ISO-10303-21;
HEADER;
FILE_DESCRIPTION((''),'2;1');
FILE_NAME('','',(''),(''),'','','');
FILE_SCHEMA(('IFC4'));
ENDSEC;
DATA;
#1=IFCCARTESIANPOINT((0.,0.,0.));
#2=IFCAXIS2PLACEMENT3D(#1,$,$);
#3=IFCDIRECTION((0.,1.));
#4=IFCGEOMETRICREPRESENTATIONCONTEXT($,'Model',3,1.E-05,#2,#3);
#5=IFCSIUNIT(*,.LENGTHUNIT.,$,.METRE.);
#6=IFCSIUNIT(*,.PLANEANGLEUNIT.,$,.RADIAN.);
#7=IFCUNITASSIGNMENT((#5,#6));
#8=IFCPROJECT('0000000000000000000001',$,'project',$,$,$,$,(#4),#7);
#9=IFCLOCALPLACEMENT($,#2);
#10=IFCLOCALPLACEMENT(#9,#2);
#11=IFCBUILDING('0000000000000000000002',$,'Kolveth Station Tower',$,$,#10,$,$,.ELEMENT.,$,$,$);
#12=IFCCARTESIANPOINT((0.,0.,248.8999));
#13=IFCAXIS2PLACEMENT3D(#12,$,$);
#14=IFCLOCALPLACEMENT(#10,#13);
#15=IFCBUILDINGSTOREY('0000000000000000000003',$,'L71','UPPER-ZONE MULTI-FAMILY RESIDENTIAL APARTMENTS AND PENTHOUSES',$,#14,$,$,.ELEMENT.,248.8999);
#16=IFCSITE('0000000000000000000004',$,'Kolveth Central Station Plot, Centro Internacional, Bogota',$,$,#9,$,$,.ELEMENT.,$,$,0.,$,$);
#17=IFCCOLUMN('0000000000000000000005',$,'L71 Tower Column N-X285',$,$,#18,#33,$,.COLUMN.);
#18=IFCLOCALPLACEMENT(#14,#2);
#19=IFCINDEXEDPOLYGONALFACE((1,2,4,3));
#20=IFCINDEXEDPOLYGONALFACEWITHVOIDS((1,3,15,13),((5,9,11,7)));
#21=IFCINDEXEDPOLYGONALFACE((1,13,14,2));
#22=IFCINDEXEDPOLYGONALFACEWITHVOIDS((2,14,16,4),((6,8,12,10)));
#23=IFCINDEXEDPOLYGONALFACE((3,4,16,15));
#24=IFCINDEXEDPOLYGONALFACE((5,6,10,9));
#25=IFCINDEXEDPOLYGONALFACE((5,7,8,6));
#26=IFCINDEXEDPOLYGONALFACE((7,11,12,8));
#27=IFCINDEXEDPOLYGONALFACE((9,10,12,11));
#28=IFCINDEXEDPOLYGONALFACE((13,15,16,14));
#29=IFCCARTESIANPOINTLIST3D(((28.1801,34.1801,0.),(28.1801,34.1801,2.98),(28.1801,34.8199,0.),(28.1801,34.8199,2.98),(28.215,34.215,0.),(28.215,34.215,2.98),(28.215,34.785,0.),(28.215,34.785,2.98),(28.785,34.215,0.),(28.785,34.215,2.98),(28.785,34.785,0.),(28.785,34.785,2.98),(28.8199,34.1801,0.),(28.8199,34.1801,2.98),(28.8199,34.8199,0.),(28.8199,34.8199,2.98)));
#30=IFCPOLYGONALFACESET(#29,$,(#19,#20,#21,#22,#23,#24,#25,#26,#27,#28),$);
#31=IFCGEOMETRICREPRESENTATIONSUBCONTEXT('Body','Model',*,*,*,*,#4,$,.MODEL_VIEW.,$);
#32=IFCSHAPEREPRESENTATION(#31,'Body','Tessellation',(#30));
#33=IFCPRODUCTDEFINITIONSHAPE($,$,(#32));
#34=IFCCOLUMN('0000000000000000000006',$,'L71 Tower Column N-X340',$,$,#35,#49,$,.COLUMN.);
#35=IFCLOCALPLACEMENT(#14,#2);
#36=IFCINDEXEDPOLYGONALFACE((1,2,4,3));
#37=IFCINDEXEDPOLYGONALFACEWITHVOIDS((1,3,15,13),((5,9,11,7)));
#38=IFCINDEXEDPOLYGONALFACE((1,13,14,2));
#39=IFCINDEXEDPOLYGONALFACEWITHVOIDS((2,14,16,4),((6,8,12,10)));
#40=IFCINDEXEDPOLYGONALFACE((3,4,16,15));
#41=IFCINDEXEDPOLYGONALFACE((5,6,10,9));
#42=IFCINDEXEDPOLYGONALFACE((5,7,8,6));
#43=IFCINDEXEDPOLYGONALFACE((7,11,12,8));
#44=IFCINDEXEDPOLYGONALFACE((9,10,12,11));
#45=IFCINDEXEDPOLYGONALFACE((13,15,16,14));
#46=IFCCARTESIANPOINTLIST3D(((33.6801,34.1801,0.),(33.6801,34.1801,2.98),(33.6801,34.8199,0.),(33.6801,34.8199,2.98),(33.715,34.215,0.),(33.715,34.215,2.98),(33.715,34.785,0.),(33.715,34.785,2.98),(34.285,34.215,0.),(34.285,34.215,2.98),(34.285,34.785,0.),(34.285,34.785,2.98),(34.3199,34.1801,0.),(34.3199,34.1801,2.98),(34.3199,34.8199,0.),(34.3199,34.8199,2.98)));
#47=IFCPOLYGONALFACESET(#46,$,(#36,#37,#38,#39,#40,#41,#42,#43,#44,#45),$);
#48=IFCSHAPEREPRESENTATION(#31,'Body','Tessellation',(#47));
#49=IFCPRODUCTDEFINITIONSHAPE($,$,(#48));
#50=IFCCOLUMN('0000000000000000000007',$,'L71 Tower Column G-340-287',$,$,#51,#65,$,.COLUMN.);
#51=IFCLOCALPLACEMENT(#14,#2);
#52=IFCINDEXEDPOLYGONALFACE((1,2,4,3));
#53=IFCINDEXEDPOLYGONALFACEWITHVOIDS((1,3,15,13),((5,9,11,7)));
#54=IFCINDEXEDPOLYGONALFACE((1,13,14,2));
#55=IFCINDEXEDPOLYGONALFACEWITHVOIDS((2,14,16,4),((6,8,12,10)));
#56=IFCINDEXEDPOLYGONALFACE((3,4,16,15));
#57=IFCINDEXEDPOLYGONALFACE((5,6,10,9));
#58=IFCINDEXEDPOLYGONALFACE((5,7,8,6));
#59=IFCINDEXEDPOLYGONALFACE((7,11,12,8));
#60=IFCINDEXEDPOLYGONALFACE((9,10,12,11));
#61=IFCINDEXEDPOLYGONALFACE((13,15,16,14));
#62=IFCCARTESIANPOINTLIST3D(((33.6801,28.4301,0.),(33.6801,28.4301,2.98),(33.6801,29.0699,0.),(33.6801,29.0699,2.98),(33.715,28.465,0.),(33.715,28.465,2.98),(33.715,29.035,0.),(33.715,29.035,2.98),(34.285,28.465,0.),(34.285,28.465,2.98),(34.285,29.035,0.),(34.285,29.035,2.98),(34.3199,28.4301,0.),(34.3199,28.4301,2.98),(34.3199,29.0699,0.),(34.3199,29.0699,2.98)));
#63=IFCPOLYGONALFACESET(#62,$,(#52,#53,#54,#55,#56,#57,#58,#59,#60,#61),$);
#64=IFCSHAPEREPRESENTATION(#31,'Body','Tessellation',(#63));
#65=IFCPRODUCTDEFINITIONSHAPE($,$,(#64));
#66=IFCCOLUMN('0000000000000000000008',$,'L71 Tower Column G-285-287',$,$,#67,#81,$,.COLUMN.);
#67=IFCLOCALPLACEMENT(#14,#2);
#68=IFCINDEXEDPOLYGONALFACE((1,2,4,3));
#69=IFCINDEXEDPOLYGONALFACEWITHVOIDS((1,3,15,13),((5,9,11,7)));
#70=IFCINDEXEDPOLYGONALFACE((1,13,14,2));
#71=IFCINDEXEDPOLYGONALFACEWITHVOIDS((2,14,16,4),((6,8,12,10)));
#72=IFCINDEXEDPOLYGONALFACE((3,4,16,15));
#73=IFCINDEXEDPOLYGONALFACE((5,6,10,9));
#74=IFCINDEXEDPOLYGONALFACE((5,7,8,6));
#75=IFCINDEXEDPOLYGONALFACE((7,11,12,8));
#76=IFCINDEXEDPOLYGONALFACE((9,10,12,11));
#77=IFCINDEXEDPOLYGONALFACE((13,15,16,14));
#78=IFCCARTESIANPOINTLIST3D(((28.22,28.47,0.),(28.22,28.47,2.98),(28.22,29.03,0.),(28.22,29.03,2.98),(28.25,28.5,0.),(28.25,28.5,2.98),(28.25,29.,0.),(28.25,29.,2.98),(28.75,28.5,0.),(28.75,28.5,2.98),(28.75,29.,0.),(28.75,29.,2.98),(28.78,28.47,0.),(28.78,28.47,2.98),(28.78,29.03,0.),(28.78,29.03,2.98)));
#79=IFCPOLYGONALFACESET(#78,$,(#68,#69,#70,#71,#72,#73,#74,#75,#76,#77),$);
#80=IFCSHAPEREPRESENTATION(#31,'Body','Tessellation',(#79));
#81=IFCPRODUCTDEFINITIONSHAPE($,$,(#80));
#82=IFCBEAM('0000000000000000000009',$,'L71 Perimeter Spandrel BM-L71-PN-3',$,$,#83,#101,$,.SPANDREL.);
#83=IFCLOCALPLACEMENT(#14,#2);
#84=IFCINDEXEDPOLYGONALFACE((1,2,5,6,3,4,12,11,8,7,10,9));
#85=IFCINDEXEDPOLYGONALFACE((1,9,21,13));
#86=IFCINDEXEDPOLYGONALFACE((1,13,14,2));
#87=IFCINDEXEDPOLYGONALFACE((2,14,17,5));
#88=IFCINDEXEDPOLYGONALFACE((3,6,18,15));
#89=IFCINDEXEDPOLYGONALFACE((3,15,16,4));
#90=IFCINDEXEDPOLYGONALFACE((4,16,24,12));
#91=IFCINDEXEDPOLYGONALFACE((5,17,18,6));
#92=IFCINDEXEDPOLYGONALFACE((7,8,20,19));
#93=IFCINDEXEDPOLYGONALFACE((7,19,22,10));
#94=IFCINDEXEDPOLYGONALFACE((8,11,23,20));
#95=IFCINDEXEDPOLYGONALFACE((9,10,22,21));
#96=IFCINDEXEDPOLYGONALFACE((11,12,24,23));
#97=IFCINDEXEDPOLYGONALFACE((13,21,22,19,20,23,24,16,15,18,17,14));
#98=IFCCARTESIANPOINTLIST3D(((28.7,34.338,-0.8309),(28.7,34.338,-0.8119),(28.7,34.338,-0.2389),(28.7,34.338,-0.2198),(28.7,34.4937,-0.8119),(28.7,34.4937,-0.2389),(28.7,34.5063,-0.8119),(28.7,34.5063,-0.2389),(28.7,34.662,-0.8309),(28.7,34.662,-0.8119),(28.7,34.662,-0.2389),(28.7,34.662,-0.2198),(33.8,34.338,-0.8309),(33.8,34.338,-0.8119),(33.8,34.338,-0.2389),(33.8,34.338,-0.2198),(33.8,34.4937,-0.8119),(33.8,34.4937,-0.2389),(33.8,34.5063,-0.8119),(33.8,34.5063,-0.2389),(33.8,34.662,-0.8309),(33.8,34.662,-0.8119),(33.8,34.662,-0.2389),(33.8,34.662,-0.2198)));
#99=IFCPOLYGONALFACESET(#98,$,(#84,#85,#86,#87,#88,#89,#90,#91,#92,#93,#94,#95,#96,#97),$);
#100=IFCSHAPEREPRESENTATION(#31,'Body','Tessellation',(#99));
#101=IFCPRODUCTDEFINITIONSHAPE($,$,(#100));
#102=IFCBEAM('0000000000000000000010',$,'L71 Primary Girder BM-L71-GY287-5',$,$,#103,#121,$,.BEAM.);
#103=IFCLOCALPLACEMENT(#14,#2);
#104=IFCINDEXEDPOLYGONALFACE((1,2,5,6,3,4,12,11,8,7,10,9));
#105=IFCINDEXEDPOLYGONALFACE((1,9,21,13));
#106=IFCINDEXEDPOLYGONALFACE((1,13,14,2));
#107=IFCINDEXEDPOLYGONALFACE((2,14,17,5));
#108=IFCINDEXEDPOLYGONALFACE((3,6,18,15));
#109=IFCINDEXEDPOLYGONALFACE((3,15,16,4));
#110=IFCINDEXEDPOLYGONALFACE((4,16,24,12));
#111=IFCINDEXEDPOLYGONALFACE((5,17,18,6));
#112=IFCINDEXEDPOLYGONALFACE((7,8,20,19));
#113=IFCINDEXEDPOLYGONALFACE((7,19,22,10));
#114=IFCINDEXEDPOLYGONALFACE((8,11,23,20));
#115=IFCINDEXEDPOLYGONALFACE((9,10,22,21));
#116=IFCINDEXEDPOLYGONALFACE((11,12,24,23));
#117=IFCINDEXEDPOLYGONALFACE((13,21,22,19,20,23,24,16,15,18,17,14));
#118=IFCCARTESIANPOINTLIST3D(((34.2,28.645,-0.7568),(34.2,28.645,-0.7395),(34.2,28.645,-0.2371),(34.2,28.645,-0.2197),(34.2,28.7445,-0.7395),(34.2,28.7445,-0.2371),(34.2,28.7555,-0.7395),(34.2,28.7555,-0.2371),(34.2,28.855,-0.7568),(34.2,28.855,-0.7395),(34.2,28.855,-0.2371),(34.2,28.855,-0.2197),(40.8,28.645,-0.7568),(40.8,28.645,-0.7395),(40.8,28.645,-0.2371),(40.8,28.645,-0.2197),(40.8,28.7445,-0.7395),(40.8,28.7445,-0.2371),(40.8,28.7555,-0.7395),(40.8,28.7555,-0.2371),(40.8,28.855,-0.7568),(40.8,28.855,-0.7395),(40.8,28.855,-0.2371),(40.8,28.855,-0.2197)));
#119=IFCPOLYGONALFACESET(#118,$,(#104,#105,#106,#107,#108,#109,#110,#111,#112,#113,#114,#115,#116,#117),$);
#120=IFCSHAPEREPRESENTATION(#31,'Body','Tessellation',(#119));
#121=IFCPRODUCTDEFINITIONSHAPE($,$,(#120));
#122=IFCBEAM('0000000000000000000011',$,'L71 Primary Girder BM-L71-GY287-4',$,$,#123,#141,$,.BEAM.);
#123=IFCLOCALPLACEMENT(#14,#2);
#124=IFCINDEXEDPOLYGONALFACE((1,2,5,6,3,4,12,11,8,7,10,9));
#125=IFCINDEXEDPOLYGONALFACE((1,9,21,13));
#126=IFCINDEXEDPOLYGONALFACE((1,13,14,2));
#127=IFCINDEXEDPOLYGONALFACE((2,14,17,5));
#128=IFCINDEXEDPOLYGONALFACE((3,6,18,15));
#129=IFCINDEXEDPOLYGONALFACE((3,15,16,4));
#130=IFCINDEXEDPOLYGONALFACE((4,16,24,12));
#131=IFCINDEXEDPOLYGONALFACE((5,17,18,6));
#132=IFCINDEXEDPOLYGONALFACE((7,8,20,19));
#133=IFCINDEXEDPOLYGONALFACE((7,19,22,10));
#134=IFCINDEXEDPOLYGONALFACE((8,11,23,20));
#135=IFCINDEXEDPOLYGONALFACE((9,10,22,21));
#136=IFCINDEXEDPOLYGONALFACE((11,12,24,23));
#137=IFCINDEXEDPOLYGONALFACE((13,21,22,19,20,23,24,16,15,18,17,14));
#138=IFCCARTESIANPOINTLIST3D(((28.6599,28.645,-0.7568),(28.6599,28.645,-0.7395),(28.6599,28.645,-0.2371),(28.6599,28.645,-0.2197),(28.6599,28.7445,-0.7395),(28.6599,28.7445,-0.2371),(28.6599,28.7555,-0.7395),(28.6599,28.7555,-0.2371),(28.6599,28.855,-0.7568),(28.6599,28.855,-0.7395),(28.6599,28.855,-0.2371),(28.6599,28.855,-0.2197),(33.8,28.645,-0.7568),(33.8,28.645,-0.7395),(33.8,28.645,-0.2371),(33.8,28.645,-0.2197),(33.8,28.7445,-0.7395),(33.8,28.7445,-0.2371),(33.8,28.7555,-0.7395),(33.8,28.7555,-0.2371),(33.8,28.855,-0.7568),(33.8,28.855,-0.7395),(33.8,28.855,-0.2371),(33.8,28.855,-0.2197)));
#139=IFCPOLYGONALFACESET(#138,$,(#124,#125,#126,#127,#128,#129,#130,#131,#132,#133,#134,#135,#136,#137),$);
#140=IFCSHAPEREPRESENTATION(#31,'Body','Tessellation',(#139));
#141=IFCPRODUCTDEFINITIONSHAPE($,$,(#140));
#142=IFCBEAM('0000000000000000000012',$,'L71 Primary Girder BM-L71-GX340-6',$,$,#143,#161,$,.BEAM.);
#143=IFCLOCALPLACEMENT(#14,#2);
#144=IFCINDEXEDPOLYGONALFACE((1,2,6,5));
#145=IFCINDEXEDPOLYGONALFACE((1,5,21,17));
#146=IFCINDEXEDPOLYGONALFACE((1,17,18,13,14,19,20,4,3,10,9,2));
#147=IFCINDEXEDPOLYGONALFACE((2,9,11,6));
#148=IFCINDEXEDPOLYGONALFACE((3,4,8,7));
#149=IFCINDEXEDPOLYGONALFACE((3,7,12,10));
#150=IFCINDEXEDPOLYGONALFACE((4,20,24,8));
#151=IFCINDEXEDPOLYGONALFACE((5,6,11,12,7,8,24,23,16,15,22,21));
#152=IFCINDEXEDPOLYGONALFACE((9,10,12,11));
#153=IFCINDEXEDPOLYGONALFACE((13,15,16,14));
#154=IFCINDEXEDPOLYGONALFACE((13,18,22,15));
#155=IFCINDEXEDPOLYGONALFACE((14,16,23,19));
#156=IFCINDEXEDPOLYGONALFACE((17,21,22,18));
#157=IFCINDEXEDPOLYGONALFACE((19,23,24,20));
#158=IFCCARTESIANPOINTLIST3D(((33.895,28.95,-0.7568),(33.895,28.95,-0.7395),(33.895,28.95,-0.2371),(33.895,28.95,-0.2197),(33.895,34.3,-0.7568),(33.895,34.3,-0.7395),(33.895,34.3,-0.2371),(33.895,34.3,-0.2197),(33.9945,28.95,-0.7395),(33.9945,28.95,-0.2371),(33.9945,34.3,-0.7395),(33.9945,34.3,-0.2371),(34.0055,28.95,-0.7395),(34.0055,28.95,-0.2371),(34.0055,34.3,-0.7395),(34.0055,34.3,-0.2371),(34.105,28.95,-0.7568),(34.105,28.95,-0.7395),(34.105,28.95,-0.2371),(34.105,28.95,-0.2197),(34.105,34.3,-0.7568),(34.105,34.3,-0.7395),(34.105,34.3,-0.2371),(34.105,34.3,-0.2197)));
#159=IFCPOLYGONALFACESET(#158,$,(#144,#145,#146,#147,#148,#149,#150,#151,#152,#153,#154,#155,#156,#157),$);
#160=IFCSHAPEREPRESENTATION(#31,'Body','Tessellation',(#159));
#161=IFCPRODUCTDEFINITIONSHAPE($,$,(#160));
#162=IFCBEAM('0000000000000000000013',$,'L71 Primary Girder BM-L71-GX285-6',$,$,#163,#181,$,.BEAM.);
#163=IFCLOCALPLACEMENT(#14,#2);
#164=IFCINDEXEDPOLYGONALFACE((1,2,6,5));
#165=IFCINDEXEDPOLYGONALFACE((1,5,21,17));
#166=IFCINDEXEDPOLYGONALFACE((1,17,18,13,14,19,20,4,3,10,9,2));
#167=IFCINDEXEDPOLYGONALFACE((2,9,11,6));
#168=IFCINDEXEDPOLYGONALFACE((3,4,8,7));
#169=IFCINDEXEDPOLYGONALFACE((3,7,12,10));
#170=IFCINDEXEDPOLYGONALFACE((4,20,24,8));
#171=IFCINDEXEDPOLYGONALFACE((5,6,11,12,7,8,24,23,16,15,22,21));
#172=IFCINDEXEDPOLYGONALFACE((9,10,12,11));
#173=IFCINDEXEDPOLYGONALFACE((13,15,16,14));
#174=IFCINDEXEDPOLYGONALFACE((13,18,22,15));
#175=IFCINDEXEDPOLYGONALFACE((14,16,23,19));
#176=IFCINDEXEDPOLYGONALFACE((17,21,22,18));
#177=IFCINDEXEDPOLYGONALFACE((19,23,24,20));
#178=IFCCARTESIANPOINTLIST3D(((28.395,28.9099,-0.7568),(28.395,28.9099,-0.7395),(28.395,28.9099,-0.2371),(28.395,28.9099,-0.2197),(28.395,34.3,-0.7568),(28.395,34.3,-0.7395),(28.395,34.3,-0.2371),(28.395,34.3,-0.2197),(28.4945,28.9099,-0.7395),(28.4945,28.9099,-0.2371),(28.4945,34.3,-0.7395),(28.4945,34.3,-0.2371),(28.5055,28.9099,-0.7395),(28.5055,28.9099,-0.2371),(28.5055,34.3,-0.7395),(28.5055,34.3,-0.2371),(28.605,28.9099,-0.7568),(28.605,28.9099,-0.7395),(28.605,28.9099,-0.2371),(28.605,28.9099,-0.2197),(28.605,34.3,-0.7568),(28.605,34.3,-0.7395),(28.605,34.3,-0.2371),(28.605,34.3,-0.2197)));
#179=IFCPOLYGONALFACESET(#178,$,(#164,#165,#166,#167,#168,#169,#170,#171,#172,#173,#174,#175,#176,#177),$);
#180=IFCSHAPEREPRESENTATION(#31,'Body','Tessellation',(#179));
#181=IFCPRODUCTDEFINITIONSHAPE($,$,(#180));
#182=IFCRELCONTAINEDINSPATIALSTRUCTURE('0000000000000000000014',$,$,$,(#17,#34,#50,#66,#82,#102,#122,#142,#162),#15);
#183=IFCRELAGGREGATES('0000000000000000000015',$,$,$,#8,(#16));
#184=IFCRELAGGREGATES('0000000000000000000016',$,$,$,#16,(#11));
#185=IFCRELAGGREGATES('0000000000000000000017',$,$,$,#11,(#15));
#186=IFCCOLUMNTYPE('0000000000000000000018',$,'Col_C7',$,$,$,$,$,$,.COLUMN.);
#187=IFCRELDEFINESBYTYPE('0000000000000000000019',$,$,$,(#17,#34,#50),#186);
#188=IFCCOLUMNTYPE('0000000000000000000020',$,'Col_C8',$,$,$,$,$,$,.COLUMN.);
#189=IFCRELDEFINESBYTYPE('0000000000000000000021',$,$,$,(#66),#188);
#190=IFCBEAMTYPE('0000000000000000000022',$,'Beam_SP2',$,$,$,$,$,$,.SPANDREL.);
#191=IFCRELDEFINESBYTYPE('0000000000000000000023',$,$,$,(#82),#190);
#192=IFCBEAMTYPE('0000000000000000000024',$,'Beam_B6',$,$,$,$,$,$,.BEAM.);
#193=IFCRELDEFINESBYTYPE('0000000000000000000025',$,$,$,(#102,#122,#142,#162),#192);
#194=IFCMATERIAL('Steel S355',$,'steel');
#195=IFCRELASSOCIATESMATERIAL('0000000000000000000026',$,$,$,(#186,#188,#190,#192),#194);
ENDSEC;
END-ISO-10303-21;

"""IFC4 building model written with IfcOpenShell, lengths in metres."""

from ifc_helpers import new_model, si_unit, direction, frame, origin, origin_2d, place, context, subcontext, project, spatial, hollow_rectangle, i_section, extrude, source, transform, mapped, material, material_profile, profile_set, type_object, element, save


model = new_model("IFC4")

# Units and contexts
model_context = context("Model", 3, precision=1e-05, world=origin(), true_north=direction((0.0, 1.0)))
body_context = subcontext(model_context, "Body", "Model", "MODEL_VIEW")
ifc_project = project(units=[si_unit("LENGTHUNIT", "METRE"), si_unit("PLANEANGLEUNIT", "RADIAN")], contexts=[model_context])

# Site, building, storey
site_placement = place(None, origin())
site = spatial("IfcSite", under=ifc_project, at=site_placement, Name="Kolveth Central Station Plot, Centro Internacional, Bogota", CompositionType="ELEMENT", RefElevation=0.0)
building_placement = place(site_placement, origin())
building = spatial("IfcBuilding", under=site, at=building_placement, Name="Kolveth Station Tower", CompositionType="ELEMENT")
storey_placement = place(building_placement, frame((0.0, 0.0, 248.8999)))
storey = spatial("IfcBuildingStorey", under=building, at=storey_placement, Name="L71", Description="UPPER-ZONE MULTI-FAMILY RESIDENTIAL APARTMENTS AND PENTHOUSES", CompositionType="ELEMENT", Elevation=248.8999)

# Columns
ifc_material_1 = material(Name="Steel S355", Category="steel")
ifc_material_profile_1 = material_profile(ifc_material_1, hollow_rectangle(XDim=0.6399, YDim=0.6399, WallThickness=0.0349, at=origin_2d()), Name="BOX640x640x35")
ifc_profile_set_1 = profile_set([ifc_material_profile_1], Name="Steel S355")
column_type_1 = type_object("IfcColumnType", Name="Col_C7", PredefinedType="COLUMN", material=ifc_profile_set_1)
shared_shape_1 = source(origin(), body_context, "Body", "SweptSolid", [
    extrude(hollow_rectangle(XDim=0.6399, YDim=0.6399, WallThickness=0.0349, at=origin_2d()), origin(), (0.0, 0.0, 1.0), 2.98),
])
for number, where, z_axis, x_axis, name in (
    (1, (28.5, 34.5, 0.0), (0.0, 0.0, 1.0), (1.0, 0.0, 0.0), "L71 Tower Column N-X285"),
    (2, (34.0, 34.5, 0.0), (0.0, 0.0, 1.0), (1.0, 0.0, 0.0), "L71 Tower Column N-X340"),
    (3, (34.0, 28.75, 0.0), (0.0, 0.0, 1.0), (1.0, 0.0, 0.0), "L71 Tower Column G-340-287"),
):
    element("IfcColumn", number, at=place(storey_placement, frame(where, z_axis=z_axis, x_axis=x_axis)), inside=storey, type_object=column_type_1, Name=name, PredefinedType="COLUMN", context=body_context, shape_type="MappedRepresentation", body=[
        mapped(shared_shape_1, transform((0.0, 0.0, 0.0), x_axis=(1.0, 0.0, 0.0), y_axis=(0.0, 1.0, 0.0), z_axis=(0.0, 0.0, 1.0), scale=1.0)),
    ])
ifc_material_profile_2 = material_profile(ifc_material_1, hollow_rectangle(XDim=0.5601, YDim=0.5601, WallThickness=0.03, at=origin_2d()), Name="BOX560x560x30")
ifc_profile_set_2 = profile_set([ifc_material_profile_2], Name="Steel S355")
column_type_2 = type_object("IfcColumnType", Name="Col_C8", PredefinedType="COLUMN", material=ifc_profile_set_2)
shared_shape_2 = source(origin(), body_context, "Body", "SweptSolid", [
    extrude(hollow_rectangle(XDim=0.5601, YDim=0.5601, WallThickness=0.03, at=origin_2d()), origin(), (0.0, 0.0, 1.0), 2.98),
])
column_placement = place(storey_placement, frame((28.5, 28.75, 0.0), z_axis=(0.0, 0.0, 1.0), x_axis=(1.0, 0.0, 0.0)))
element("IfcColumn", 4, at=column_placement, inside=storey, type_object=column_type_2, Name="L71 Tower Column G-285-287", PredefinedType="COLUMN", context=body_context, shape_type="MappedRepresentation", body=[
    mapped(shared_shape_2, transform((0.0, 0.0, 0.0), x_axis=(1.0, 0.0, 0.0), y_axis=(0.0, 1.0, 0.0), z_axis=(0.0, 0.0, 1.0), scale=1.0)),
])

# Beams
ifc_material_profile_3 = material_profile(ifc_material_1, i_section(OverallWidth=0.324, OverallDepth=0.6111, WebThickness=0.0127, FlangeThickness=0.019, at=origin_2d()), Name="W610x155")
ifc_profile_set_3 = profile_set([ifc_material_profile_3], Name="Steel S355")
beam_type_1 = type_object("IfcBeamType", Name="Beam_SP2", PredefinedType="SPANDREL", material=ifc_profile_set_3)
shared_shape_3 = source(origin(), body_context, "Body", "SweptSolid", [
    extrude(i_section(OverallWidth=0.324, OverallDepth=0.6111, WebThickness=0.0127, FlangeThickness=0.019, at=origin_2d()), origin(), (0.0, 0.0, 1.0), 5.1001),
])
beam_1_placement = place(storey_placement, frame((28.7, 34.5, -0.5254), z_axis=(1.0, 0.0, 0.0), x_axis=(0.0, 1.0, 0.0)))
element("IfcBeam", 5, at=beam_1_placement, inside=storey, type_object=beam_type_1, Name="L71 Perimeter Spandrel BM-L71-PN-3", PredefinedType="SPANDREL", context=body_context, shape_type="MappedRepresentation", body=[
    mapped(shared_shape_3, transform((0.0, 0.0, 0.0), x_axis=(1.0, 0.0, 0.0), y_axis=(0.0, 1.0, 0.0), z_axis=(0.0, 0.0, 1.0), scale=1.0)),
])
ifc_material_profile_4 = material_profile(ifc_material_1, i_section(OverallWidth=0.21, OverallDepth=0.5371, WebThickness=0.011, FlangeThickness=0.0173, at=origin_2d()), Name="W530x101")
ifc_profile_set_4 = profile_set([ifc_material_profile_4], Name="Steel S355")
beam_type_2 = type_object("IfcBeamType", Name="Beam_B6", PredefinedType="BEAM", material=ifc_profile_set_4)
shared_shape_4 = source(origin(), body_context, "Body", "SweptSolid", [
    extrude(i_section(OverallWidth=0.21, OverallDepth=0.5371, WebThickness=0.011, FlangeThickness=0.0173, at=origin_2d()), origin(), (0.0, 0.0, 1.0), 6.6001),
])
beam_2_placement = place(storey_placement, frame((34.2, 28.75, -0.4883), z_axis=(1.0, 0.0, 0.0), x_axis=(0.0, 1.0, 0.0)))
element("IfcBeam", 6, at=beam_2_placement, inside=storey, type_object=beam_type_2, Name="L71 Primary Girder BM-L71-GY287-5", PredefinedType="BEAM", context=body_context, shape_type="MappedRepresentation", body=[
    mapped(shared_shape_4, transform((0.0, 0.0, 0.0), x_axis=(1.0, 0.0, 0.0), y_axis=(0.0, 1.0, 0.0), z_axis=(0.0, 0.0, 1.0), scale=1.0)),
])
shared_shape_5 = source(origin(), body_context, "Body", "SweptSolid", [
    extrude(i_section(OverallWidth=0.21, OverallDepth=0.5371, WebThickness=0.011, FlangeThickness=0.0173, at=origin_2d()), origin(), (0.0, 0.0, 1.0), 5.1401),
])
beam_3_placement = place(storey_placement, frame((28.6599, 28.75, -0.4883), z_axis=(1.0, 0.0, 0.0), x_axis=(0.0, 1.0, 0.0)))
element("IfcBeam", 7, at=beam_3_placement, inside=storey, type_object=beam_type_2, Name="L71 Primary Girder BM-L71-GY287-4", PredefinedType="BEAM", context=body_context, shape_type="MappedRepresentation", body=[
    mapped(shared_shape_5, transform((0.0, 0.0, 0.0), x_axis=(1.0, 0.0, 0.0), y_axis=(0.0, 1.0, 0.0), z_axis=(0.0, 0.0, 1.0), scale=1.0)),
])
shared_shape_6 = source(origin(), body_context, "Body", "SweptSolid", [
    extrude(i_section(OverallWidth=0.21, OverallDepth=0.5371, WebThickness=0.011, FlangeThickness=0.0173, at=origin_2d()), origin(), (0.0, 0.0, 1.0), 5.3501),
])
beam_4_placement = place(storey_placement, frame((34.0, 28.95, -0.4883), z_axis=(0.0, 1.0, 0.0), x_axis=(-1.0, 0.0, 0.0)))
element("IfcBeam", 8, at=beam_4_placement, inside=storey, type_object=beam_type_2, Name="L71 Primary Girder BM-L71-GX340-6", PredefinedType="BEAM", context=body_context, shape_type="MappedRepresentation", body=[
    mapped(shared_shape_6, transform((0.0, 0.0, 0.0), x_axis=(1.0, 0.0, 0.0), y_axis=(0.0, 1.0, 0.0), z_axis=(0.0, 0.0, 1.0), scale=1.0)),
])
shared_shape_7 = source(origin(), body_context, "Body", "SweptSolid", [
    extrude(i_section(OverallWidth=0.21, OverallDepth=0.5371, WebThickness=0.011, FlangeThickness=0.0173, at=origin_2d()), origin(), (0.0, 0.0, 1.0), 5.3901),
])
beam_5_placement = place(storey_placement, frame((28.5, 28.9099, -0.4883), z_axis=(0.0, 1.0, 0.0), x_axis=(-1.0, 0.0, 0.0)))
element("IfcBeam", 9, at=beam_5_placement, inside=storey, type_object=beam_type_2, Name="L71 Primary Girder BM-L71-GX285-6", PredefinedType="BEAM", context=body_context, shape_type="MappedRepresentation", body=[
    mapped(shared_shape_7, transform((0.0, 0.0, 0.0), x_axis=(1.0, 0.0, 0.0), y_axis=(0.0, 1.0, 0.0), z_axis=(0.0, 0.0, 1.0), scale=1.0)),
])

save(model, "model.ifc")
